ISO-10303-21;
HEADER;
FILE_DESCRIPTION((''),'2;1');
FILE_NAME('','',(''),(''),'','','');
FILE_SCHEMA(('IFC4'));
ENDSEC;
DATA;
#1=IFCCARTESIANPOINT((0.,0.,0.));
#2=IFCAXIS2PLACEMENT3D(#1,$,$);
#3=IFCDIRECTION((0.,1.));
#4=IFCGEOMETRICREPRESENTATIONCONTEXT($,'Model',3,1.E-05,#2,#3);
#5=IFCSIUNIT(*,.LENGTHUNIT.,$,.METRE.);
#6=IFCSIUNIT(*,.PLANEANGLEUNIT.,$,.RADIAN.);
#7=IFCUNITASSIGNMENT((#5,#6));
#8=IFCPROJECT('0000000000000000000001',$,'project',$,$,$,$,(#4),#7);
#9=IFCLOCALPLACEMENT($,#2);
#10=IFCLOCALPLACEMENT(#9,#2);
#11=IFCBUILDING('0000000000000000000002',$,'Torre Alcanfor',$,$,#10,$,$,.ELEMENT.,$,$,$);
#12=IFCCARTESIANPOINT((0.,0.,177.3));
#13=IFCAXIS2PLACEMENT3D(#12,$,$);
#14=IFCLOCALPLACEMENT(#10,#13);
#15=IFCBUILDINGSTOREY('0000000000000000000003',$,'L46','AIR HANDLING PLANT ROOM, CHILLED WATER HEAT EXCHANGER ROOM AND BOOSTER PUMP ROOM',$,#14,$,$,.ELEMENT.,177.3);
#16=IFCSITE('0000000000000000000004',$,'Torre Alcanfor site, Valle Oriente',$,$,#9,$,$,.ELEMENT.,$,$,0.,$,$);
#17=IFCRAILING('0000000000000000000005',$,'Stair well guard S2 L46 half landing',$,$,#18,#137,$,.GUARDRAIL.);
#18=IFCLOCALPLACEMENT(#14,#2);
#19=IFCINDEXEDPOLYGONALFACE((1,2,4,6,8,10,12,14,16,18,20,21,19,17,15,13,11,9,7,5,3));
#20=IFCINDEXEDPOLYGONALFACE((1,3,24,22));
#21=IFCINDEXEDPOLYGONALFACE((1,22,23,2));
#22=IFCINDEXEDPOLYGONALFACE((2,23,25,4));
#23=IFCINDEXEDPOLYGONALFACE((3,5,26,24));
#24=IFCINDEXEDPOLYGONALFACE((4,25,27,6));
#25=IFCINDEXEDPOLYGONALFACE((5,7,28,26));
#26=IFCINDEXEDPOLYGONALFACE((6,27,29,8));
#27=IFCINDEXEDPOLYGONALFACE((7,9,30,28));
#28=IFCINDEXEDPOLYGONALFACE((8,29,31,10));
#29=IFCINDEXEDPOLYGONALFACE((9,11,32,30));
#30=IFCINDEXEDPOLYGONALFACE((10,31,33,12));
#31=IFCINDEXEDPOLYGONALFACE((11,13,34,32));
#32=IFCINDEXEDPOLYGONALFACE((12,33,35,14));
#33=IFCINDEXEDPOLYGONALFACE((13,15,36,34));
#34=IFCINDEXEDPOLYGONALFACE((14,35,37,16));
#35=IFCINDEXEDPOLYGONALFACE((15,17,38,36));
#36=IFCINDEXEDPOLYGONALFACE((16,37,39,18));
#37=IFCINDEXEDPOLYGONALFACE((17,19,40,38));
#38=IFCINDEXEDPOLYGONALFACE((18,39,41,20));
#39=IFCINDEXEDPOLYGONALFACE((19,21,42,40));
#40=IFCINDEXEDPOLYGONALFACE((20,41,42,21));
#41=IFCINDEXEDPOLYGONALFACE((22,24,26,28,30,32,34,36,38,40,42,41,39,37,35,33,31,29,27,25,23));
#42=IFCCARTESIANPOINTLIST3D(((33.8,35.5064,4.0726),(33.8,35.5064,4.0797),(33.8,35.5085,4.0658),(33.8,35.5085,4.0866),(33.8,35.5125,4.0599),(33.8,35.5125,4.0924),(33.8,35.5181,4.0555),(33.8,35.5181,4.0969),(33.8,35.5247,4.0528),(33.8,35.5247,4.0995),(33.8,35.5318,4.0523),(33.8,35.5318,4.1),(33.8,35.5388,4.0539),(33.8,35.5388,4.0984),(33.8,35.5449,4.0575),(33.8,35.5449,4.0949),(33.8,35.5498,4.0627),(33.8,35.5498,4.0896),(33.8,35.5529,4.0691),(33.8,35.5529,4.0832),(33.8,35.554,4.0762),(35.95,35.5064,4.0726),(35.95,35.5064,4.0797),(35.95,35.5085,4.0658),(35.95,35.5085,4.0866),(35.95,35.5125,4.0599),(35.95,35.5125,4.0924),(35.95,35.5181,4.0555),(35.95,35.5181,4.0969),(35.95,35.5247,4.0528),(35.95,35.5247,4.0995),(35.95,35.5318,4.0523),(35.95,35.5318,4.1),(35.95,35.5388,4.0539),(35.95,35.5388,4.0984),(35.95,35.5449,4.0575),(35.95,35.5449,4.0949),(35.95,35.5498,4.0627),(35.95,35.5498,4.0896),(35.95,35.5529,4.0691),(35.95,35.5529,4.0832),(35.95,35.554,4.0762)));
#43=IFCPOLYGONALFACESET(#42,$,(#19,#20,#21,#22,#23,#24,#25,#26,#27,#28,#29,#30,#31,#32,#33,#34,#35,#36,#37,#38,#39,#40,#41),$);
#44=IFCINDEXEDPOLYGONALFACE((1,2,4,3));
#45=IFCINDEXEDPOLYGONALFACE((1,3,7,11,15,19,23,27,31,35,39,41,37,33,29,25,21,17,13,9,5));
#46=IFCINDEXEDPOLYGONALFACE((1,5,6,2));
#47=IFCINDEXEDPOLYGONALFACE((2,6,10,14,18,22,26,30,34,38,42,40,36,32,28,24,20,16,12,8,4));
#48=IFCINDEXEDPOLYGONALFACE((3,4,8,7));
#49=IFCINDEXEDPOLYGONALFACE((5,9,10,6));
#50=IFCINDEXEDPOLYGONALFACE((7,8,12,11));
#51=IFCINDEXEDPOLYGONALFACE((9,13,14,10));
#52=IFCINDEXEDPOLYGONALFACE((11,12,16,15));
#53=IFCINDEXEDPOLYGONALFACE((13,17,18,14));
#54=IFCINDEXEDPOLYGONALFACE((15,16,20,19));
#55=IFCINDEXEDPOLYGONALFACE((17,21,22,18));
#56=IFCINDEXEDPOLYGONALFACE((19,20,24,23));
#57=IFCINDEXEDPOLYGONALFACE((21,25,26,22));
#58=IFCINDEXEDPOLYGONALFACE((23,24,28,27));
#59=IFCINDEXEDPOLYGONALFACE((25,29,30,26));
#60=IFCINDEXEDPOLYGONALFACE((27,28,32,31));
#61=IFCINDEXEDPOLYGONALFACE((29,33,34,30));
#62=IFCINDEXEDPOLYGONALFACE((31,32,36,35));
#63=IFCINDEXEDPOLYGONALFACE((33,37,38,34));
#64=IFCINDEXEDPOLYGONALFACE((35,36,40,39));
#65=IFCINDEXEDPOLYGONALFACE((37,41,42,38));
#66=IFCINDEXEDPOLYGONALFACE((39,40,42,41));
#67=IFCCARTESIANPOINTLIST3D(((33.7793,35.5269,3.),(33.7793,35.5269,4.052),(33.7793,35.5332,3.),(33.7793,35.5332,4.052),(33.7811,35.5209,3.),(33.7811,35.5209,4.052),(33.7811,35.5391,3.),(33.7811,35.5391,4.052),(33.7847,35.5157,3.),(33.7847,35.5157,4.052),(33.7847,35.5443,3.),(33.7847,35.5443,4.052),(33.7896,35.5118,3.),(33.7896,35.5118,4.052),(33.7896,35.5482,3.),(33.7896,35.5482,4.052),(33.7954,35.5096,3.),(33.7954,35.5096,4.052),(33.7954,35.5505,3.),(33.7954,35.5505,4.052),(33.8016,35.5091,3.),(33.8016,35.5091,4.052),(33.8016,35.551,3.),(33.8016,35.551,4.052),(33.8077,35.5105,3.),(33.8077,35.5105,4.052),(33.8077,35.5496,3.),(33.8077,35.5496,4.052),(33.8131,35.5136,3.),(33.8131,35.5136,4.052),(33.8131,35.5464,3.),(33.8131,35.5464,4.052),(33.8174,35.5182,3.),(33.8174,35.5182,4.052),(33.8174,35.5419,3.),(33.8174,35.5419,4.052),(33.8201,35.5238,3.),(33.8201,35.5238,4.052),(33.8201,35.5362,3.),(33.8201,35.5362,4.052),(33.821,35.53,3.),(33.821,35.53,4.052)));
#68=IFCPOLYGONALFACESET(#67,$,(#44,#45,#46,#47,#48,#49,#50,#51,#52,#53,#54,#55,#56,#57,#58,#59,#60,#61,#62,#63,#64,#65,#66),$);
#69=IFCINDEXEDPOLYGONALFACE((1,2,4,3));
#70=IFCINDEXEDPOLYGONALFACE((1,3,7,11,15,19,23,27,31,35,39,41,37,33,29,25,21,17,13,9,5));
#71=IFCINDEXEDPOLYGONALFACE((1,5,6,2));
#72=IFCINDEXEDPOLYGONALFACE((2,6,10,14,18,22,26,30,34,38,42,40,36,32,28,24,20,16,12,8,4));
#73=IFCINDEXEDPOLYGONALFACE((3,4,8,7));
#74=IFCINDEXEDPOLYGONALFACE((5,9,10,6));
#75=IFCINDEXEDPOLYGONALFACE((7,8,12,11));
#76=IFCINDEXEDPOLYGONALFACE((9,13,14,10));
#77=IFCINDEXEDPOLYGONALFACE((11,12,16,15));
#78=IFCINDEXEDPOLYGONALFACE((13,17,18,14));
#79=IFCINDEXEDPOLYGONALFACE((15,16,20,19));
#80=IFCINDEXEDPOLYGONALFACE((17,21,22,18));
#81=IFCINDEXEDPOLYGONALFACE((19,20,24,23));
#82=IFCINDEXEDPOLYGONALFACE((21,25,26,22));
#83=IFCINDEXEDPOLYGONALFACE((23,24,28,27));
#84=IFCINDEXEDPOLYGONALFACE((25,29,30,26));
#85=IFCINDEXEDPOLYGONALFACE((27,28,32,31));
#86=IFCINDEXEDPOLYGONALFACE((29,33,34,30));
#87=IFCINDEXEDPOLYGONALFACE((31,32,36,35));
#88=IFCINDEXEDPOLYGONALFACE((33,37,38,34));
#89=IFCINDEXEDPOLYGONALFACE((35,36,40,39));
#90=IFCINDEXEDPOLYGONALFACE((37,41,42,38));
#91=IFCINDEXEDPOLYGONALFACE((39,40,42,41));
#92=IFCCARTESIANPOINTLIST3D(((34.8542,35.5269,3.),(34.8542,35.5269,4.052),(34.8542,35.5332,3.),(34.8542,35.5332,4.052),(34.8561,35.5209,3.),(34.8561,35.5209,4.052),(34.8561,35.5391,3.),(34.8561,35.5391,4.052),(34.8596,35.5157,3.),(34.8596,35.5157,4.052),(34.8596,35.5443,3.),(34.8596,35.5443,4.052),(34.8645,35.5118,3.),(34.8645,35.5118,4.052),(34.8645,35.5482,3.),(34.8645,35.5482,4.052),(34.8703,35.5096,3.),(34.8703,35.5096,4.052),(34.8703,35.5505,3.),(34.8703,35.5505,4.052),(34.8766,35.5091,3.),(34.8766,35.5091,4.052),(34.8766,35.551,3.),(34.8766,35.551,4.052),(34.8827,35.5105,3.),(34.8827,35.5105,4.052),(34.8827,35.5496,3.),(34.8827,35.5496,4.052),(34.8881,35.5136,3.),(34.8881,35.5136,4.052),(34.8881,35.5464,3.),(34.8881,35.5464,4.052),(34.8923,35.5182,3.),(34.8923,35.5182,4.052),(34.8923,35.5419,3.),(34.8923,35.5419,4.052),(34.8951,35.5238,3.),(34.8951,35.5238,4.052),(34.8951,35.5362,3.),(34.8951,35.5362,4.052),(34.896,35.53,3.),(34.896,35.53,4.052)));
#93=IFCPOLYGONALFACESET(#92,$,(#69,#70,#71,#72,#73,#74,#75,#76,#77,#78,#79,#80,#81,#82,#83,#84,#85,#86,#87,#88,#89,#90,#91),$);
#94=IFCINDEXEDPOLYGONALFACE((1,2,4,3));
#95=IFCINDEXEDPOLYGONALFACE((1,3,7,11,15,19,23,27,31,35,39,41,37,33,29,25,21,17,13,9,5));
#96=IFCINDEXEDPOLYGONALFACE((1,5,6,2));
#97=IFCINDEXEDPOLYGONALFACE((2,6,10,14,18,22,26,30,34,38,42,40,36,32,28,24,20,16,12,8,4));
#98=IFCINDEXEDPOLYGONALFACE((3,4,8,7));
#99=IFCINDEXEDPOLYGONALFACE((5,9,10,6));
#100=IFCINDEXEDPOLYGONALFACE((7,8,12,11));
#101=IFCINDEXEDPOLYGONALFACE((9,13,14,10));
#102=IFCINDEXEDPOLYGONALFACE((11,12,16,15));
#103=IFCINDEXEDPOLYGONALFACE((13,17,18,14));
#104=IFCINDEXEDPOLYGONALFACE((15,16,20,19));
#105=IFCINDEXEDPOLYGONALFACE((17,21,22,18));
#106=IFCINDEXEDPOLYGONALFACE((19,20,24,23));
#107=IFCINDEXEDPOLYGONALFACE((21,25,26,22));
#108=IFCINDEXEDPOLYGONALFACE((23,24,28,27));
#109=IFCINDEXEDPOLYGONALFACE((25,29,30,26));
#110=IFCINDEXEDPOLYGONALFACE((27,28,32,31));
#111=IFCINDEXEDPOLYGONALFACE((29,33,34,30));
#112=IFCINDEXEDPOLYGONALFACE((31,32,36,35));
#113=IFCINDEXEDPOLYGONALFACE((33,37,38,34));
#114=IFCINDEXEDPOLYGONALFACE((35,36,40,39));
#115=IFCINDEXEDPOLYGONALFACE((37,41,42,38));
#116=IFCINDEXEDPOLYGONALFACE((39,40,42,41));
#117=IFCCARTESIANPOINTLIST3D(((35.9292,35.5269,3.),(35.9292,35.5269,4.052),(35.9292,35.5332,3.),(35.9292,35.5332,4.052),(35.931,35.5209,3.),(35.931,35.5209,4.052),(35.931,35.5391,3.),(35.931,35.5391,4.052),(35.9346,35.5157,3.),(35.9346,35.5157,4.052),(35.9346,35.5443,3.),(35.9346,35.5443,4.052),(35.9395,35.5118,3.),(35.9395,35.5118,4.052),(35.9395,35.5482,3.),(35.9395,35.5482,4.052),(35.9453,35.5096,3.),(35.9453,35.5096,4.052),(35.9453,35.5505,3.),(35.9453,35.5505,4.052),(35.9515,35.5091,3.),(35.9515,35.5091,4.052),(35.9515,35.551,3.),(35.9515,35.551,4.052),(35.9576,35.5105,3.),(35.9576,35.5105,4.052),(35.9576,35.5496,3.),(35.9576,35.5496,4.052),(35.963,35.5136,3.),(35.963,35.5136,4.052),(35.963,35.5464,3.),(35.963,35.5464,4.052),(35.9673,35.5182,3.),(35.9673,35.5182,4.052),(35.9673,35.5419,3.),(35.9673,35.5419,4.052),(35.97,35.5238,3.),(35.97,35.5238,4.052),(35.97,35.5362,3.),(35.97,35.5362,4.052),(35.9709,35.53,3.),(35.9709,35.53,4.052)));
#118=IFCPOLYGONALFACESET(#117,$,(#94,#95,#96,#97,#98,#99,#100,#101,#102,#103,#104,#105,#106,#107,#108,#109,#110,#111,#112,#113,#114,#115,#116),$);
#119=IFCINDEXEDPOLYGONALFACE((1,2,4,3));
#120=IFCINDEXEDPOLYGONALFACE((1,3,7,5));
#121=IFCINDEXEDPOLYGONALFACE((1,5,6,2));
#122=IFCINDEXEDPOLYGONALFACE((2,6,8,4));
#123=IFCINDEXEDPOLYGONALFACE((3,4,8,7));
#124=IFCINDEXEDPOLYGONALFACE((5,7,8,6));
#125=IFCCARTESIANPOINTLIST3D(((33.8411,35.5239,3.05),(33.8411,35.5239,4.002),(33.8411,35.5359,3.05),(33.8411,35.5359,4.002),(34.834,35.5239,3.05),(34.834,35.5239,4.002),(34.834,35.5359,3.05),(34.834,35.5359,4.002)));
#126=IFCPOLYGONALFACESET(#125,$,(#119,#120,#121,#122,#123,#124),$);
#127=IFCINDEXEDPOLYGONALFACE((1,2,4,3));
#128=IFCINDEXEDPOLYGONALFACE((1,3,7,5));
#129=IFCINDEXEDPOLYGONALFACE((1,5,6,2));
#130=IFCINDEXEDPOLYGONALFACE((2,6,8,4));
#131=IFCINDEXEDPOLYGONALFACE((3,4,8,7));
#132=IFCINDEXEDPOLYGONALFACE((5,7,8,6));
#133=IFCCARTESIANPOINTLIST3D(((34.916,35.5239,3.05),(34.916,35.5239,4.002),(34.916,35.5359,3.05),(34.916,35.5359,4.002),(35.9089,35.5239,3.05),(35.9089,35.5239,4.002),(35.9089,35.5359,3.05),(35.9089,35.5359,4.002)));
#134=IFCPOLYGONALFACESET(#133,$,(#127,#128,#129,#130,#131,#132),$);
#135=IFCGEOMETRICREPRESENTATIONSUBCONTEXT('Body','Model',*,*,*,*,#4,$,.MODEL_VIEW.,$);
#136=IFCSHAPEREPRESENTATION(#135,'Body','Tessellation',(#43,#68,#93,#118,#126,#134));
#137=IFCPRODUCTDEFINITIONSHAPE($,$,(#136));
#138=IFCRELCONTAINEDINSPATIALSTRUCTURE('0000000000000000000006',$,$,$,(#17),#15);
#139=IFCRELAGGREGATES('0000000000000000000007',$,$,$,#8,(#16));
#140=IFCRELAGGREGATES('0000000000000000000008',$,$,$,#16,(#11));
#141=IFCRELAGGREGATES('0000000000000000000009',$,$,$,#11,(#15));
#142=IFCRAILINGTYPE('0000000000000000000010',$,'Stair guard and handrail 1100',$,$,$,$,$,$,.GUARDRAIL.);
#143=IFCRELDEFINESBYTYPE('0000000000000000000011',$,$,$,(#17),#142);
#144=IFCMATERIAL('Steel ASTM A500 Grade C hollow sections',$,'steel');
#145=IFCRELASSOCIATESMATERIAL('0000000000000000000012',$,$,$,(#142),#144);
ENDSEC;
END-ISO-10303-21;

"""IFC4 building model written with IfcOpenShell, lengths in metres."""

from ifc_helpers import new_model, si_unit, direction, frame, origin, origin_2d, place, context, subcontext, project, spatial, polyline, circle, outline, extrude, material, type_object, element, save


model = new_model("IFC4")

# Units and contexts
model_context = context("Model", 3, precision=1e-05, world=origin(), true_north=direction((0.0, 1.0)))
body_context = subcontext(model_context, "Body", "Model", "MODEL_VIEW")
ifc_project = project(units=[si_unit("LENGTHUNIT", "METRE"), si_unit("PLANEANGLEUNIT", "RADIAN")], contexts=[model_context])

# Site, building, storey
site_placement = place(None, origin())
site = spatial("IfcSite", under=ifc_project, at=site_placement, Name="Torre Alcanfor site, Valle Oriente", CompositionType="ELEMENT", RefElevation=0.0)
building_placement = place(site_placement, origin())
building = spatial("IfcBuilding", under=site, at=building_placement, Name="Torre Alcanfor", CompositionType="ELEMENT")
storey_placement = place(building_placement, frame((0.0, 0.0, 177.3)))
storey = spatial("IfcBuildingStorey", under=building, at=storey_placement, Name="L46", Description="AIR HANDLING PLANT ROOM, CHILLED WATER HEAT EXCHANGER ROOM AND BOOSTER PUMP ROOM", CompositionType="ELEMENT", Elevation=177.3)

# Railing
ifc_material_1 = material(Name="Steel ASTM A500 Grade C hollow sections", Category="steel")
railing_type_1 = type_object("IfcRailingType", Name="Stair guard and handrail 1100", PredefinedType="GUARDRAIL", material=ifc_material_1)
for number, where, name in (
    (1, (33.8, 35.53, 3.0), "Stair well guard S2 L46 half landing"),
):
    element("IfcRailing", number, at=place(storey_placement, frame(where)), inside=storey, type_object=railing_type_1, Name=name, PredefinedType="GUARDRAIL", context=body_context, shape_type="SweptSolid", body=[
        extrude(circle(Radius=0.0239, at=origin_2d()), frame((0.0, 0.0, 1.0762), z_axis=(1.0, 0.0, 0.0), x_axis=(0.0, 1.0, 0.0)), (0.0, 0.0, 1.0), 2.1499),
        extrude(circle(Radius=0.021, at=origin_2d()), origin(), (0.0, 0.0, 1.0), 1.052),
        extrude(circle(Radius=0.021, at=origin_2d()), frame((1.075, 0.0, 0.0)), (0.0, 0.0, 1.0), 1.052),
        extrude(circle(Radius=0.021, at=origin_2d()), frame((2.1499, 0.0, 0.0)), (0.0, 0.0, 1.0), 1.052),
        extrude(outline(polyline([(0.041, 0.05), (1.0339, 0.05), (1.0339, 1.002), (0.041, 1.002), (0.041, 0.05)])), frame((0.0, 0.0059, 0.0), z_axis=(0.0, -1.0, 0.0), x_axis=(1.0, 0.0, 0.0)), (0.0, 0.0, 1.0), 0.012),
        extrude(outline(polyline([(1.116, 0.05), (2.1089, 0.05), (2.1089, 1.002), (1.116, 1.002), (1.116, 0.05)])), frame((0.0, 0.0059, 0.0), z_axis=(0.0, -1.0, 0.0), x_axis=(1.0, 0.0, 0.0)), (0.0, 0.0, 1.0), 0.012),
    ])

save(model, "model.ifc")
